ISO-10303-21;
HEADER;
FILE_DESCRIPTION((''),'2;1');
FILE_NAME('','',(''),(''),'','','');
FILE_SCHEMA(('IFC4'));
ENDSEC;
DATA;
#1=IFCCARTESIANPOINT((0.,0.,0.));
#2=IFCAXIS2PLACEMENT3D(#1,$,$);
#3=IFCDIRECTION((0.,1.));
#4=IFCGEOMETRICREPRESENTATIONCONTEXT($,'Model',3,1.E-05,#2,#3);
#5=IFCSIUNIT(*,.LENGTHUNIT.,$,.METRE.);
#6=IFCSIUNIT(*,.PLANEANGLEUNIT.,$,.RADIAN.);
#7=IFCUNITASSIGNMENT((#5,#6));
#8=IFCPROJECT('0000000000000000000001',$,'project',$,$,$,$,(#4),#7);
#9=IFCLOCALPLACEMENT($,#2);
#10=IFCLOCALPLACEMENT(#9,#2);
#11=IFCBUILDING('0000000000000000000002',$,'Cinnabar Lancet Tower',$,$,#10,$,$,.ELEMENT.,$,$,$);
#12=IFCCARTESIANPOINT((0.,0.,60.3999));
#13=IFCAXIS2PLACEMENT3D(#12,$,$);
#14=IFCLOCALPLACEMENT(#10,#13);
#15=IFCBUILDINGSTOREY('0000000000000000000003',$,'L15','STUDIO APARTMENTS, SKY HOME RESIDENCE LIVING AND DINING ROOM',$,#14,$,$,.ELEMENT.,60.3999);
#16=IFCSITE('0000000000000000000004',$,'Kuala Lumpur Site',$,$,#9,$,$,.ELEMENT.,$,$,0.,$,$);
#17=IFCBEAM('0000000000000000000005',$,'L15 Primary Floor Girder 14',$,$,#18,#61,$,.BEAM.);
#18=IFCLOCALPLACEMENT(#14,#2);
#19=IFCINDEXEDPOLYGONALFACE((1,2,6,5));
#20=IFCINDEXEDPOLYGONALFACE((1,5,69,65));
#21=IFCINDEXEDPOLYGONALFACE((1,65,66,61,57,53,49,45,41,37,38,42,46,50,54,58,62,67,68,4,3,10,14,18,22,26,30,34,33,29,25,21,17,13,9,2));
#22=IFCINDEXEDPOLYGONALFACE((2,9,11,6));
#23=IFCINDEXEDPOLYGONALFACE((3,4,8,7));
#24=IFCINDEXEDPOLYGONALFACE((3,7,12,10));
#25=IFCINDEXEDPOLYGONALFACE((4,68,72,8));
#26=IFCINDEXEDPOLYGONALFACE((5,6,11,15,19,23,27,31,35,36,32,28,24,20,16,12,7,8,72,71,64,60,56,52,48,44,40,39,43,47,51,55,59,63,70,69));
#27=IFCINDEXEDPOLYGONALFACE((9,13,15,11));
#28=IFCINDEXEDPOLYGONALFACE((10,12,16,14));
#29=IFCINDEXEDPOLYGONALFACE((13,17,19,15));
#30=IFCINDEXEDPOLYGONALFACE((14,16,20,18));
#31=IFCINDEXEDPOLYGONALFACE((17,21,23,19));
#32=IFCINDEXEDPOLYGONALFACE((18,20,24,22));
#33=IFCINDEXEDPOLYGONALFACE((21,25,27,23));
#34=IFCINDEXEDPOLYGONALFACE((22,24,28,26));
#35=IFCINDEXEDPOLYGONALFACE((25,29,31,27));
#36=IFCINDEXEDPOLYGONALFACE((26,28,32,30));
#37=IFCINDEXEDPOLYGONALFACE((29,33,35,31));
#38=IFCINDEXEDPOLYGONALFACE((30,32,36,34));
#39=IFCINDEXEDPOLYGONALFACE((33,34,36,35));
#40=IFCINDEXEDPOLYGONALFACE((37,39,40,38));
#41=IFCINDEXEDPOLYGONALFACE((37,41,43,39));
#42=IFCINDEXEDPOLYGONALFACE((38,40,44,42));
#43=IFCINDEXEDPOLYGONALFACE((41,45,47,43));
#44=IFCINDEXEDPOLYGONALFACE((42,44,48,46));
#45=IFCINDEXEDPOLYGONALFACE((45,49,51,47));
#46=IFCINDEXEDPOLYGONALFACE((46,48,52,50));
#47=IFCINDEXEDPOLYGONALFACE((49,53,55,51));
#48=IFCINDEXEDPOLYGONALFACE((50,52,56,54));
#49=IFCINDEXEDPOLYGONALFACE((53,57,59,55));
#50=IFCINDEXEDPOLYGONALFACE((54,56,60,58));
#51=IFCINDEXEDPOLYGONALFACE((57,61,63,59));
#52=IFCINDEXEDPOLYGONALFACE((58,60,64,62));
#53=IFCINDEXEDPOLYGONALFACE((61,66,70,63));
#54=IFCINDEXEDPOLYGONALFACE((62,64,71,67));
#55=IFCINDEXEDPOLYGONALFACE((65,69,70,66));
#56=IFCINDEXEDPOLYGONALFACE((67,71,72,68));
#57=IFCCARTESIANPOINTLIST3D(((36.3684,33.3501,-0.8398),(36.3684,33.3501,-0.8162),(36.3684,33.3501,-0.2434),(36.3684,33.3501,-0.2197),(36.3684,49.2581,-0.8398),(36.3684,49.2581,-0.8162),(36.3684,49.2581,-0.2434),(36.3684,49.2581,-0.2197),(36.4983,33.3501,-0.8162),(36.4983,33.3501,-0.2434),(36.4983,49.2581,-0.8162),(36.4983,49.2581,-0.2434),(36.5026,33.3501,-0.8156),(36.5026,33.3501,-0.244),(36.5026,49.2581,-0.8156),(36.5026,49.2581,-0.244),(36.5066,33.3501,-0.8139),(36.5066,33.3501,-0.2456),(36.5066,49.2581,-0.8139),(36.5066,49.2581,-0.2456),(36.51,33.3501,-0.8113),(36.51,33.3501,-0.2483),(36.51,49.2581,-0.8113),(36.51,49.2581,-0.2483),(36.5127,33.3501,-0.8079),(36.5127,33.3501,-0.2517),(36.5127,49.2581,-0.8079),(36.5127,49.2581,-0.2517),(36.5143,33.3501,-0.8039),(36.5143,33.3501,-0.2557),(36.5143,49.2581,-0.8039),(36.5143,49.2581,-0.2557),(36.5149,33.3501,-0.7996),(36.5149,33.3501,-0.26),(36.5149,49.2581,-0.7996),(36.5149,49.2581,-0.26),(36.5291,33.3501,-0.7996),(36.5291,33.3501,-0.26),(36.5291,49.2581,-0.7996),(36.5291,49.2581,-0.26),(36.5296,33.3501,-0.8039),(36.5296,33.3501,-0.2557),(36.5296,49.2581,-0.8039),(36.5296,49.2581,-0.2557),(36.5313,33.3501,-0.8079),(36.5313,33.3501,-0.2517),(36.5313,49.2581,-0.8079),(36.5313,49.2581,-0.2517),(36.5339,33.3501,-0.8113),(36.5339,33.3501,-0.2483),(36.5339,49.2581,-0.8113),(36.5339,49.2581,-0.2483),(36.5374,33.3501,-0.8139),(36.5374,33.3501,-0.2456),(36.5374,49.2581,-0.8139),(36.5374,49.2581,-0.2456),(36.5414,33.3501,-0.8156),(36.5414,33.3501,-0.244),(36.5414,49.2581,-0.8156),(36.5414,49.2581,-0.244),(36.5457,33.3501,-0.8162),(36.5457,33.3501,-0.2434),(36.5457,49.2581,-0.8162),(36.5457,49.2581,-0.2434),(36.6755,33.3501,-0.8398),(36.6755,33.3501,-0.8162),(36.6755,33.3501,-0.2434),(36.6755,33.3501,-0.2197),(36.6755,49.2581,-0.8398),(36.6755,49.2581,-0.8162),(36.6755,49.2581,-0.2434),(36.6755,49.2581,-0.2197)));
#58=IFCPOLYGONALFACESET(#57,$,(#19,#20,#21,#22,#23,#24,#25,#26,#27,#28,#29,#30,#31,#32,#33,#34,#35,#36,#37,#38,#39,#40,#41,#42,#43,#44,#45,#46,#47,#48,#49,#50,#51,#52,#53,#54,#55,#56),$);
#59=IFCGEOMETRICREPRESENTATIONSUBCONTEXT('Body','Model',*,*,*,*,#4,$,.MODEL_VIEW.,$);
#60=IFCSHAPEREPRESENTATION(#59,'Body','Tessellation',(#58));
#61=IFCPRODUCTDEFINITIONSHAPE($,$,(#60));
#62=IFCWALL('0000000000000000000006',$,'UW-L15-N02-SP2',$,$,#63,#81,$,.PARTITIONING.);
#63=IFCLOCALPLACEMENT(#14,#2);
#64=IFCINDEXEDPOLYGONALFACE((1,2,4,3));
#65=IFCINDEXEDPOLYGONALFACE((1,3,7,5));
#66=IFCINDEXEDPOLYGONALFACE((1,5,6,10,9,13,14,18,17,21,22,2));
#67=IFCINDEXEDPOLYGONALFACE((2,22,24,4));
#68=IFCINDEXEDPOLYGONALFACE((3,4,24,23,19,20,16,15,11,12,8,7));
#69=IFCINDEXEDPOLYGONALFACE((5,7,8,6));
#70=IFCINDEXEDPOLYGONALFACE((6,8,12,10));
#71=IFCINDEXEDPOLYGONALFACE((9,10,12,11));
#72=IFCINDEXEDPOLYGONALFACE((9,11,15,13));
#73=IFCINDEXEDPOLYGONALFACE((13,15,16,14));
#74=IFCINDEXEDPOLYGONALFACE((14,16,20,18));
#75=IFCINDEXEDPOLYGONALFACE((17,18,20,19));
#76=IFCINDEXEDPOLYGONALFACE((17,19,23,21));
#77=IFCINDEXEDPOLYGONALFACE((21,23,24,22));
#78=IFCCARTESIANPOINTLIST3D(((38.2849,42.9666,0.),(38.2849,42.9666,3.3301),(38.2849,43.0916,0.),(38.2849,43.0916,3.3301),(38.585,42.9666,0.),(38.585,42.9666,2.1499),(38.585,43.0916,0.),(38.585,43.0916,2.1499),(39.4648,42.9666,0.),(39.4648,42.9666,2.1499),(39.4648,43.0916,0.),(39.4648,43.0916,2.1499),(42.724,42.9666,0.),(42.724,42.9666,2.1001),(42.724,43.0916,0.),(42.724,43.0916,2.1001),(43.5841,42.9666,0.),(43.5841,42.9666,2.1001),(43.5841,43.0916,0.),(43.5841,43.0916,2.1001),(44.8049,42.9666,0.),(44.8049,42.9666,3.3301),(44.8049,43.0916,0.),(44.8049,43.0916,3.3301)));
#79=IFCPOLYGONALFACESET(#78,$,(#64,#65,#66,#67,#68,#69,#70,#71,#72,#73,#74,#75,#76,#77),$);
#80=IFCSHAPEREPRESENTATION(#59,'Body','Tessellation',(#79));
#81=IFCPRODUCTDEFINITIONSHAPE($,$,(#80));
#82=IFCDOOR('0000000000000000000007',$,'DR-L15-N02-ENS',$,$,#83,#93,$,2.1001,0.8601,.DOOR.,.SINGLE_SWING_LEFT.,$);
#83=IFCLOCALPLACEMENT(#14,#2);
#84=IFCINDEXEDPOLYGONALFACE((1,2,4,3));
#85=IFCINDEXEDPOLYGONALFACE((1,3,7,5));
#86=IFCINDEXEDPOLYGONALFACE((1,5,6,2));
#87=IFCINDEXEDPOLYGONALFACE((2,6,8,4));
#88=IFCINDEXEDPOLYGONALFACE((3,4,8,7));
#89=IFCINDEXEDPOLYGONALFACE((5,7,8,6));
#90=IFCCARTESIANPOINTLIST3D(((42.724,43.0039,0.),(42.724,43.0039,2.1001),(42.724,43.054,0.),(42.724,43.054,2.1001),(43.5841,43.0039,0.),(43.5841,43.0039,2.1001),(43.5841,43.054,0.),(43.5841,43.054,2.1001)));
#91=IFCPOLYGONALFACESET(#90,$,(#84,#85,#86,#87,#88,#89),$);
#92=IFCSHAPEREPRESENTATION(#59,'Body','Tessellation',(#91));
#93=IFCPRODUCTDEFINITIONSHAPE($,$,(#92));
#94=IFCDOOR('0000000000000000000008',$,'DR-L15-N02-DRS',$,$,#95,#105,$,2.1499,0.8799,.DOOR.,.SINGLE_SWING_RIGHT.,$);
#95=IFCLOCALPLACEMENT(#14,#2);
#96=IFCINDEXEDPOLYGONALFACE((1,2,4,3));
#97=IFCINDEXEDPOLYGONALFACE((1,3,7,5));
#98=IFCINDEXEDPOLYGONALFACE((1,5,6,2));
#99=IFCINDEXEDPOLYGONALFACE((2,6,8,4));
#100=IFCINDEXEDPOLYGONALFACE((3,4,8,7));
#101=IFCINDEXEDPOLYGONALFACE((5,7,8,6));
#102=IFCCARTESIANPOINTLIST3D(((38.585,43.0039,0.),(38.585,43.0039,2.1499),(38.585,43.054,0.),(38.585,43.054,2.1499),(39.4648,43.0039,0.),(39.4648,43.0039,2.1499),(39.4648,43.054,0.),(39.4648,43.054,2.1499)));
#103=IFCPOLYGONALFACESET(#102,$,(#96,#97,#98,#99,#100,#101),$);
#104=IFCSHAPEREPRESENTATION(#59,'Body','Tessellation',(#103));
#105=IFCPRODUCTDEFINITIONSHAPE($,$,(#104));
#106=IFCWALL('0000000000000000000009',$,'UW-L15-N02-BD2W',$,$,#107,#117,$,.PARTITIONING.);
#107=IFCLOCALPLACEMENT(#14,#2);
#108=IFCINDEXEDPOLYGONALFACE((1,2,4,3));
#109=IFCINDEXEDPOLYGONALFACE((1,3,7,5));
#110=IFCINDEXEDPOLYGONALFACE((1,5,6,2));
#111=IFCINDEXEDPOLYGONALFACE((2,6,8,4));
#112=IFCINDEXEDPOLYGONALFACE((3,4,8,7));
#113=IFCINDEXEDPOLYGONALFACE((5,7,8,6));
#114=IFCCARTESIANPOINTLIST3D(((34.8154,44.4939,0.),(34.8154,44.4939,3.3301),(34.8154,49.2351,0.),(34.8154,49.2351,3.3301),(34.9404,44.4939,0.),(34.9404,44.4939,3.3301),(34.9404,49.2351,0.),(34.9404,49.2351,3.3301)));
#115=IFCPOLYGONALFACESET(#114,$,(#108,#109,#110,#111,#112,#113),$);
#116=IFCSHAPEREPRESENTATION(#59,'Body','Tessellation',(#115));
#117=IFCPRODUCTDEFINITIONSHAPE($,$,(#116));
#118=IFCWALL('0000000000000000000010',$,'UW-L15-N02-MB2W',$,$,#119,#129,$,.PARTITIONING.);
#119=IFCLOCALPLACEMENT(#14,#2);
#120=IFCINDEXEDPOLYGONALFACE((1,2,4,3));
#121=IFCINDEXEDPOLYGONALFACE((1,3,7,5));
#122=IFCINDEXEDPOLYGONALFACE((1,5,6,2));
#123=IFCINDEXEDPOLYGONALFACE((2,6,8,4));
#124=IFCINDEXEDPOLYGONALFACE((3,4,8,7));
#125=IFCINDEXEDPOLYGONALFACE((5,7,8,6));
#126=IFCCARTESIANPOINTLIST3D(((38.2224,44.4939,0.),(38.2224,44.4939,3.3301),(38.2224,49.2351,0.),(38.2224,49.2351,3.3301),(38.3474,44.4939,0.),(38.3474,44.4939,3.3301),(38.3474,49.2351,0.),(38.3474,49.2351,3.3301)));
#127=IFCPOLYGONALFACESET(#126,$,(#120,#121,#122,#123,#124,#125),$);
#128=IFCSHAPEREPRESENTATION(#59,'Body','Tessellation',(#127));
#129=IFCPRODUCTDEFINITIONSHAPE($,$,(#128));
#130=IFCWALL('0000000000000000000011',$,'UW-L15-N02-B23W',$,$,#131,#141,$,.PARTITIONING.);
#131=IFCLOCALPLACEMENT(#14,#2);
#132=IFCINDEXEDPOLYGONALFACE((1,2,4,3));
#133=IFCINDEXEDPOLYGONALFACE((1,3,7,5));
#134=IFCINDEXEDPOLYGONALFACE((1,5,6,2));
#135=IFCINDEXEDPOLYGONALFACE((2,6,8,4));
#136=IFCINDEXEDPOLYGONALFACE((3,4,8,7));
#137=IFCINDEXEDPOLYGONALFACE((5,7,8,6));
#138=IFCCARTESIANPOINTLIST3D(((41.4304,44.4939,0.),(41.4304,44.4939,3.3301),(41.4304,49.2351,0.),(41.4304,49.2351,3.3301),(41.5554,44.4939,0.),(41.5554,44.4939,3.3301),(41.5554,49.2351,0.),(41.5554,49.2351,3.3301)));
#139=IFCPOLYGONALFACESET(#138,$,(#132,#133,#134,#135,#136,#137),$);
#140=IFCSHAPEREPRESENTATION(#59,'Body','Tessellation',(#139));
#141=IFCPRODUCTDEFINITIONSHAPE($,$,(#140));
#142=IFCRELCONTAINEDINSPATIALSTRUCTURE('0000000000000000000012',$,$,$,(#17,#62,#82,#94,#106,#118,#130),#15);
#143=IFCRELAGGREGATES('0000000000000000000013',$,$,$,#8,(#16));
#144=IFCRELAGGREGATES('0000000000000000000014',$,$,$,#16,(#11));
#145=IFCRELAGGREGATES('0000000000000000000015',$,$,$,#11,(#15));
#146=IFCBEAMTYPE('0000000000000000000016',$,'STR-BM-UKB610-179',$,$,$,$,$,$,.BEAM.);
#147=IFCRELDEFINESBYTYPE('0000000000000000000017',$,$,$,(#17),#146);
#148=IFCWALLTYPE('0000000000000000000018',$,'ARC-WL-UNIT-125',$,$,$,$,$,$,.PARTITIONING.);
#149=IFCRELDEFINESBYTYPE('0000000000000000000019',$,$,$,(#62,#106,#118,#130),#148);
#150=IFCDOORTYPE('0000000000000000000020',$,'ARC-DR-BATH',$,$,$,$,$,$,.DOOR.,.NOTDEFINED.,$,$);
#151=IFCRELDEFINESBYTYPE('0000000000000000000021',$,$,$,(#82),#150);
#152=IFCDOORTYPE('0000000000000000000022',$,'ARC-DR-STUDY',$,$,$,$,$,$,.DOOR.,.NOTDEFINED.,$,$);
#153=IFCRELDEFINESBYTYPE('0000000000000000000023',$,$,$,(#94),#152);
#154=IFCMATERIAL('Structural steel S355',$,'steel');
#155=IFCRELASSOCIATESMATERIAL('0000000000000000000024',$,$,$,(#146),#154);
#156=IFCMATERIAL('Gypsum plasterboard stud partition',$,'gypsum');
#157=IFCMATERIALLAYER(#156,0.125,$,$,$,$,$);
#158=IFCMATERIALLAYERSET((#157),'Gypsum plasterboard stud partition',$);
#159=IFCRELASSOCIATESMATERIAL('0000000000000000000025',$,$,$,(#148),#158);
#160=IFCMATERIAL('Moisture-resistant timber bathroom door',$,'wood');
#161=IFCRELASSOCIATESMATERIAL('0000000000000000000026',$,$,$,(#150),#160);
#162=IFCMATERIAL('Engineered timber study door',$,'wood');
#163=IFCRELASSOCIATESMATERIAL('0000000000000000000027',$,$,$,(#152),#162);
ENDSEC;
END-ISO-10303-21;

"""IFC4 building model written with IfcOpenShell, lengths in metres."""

from ifc_helpers import new_model, si_unit, direction, frame, frame_2d, origin, origin_2d, place, context, subcontext, project, spatial, rectangle, i_section, extrude, material, layer, layer_set, material_profile, profile_set, type_object, element, fill, save


model = new_model("IFC4")

# Units and contexts
model_context = context("Model", 3, precision=1e-05, world=origin(), true_north=direction((0.0, 1.0)))
body_context = subcontext(model_context, "Body", "Model", "MODEL_VIEW")
ifc_project = project(units=[si_unit("LENGTHUNIT", "METRE"), si_unit("PLANEANGLEUNIT", "RADIAN")], contexts=[model_context])

# Site, building, storey
site_placement = place(None, origin())
site = spatial("IfcSite", under=ifc_project, at=site_placement, Name="Kuala Lumpur Site", CompositionType="ELEMENT", RefElevation=0.0)
building_placement = place(site_placement, origin())
building = spatial("IfcBuilding", under=site, at=building_placement, Name="Cinnabar Lancet Tower", CompositionType="ELEMENT")
storey_placement = place(building_placement, frame((0.0, 0.0, 60.3999)))
storey = spatial("IfcBuildingStorey", under=building, at=storey_placement, Name="L15", Description="STUDIO APARTMENTS, SKY HOME RESIDENCE LIVING AND DINING ROOM", CompositionType="ELEMENT", Elevation=60.3999)

# Beam
ifc_material_1 = material(Name="Structural steel S355", Category="steel")
ifc_material_profile_1 = material_profile(ifc_material_1, i_section(OverallWidth=0.3071, OverallDepth=0.6201, WebThickness=0.0142, FlangeThickness=0.0237, FilletRadius=0.0166, at=origin_2d()), Name="UKB 610x305x179")
ifc_profile_set_1 = profile_set([ifc_material_profile_1], Name="Structural steel S355")
beam_type_1 = type_object("IfcBeamType", Name="STR-BM-UKB610-179", PredefinedType="BEAM", material=ifc_profile_set_1)
beam_1_placement = place(storey_placement, frame((36.522, 49.2581, -0.5298), z_axis=(0.0, -1.0, 0.0), x_axis=(1.0, 0.0, 0.0)))
element("IfcBeam", 1, at=beam_1_placement, inside=storey, type_object=beam_type_1, Name="L15 Primary Floor Girder 14", PredefinedType="BEAM", context=body_context, shape_type="SweptSolid", body=[
    extrude(i_section(OverallWidth=0.3071, OverallDepth=0.6201, WebThickness=0.0142, FlangeThickness=0.0237, FilletRadius=0.0166, at=origin_2d()), origin(), (0.0, 0.0, 1.0), 15.908),
])

# Wall, openings, doors
ifc_material_2 = material(Name="Gypsum plasterboard stud partition", Category="gypsum")
ifc_layer_1 = layer(ifc_material_2, 0.125)
ifc_layer_set_1 = layer_set([ifc_layer_1], Name="Gypsum plasterboard stud partition")
wall_type_1 = type_object("IfcWallType", Name="ARC-WL-UNIT-125", PredefinedType="PARTITIONING", material=ifc_layer_set_1)
wall_1_placement = place(storey_placement, frame((38.2849, 43.0291, 0.0), z_axis=(0.0, 0.0, 1.0), x_axis=(1.0, 0.0, 0.0)))
wall_1 = element("IfcWall", 2, at=wall_1_placement, inside=storey, type_object=wall_type_1, Name="UW-L15-N02-SP2", PredefinedType="PARTITIONING", context=body_context, shape_type="SweptSolid", body=[
    extrude(rectangle(XDim=6.52, YDim=0.125, at=frame_2d((3.26, 0.0))), origin(), (0.0, 0.0, 1.0), 3.3301),
])
opening_1_placement = place(wall_1_placement, frame((4.439, 0.0, 0.0)))
opening_1 = element("IfcOpeningElement", 3, at=opening_1_placement, cuts=wall_1, PredefinedType="OPENING", context=body_context, shape_type="SweptSolid", body=[
    extrude(rectangle(XDim=0.8601, YDim=2.1001, at=frame_2d((0.4302, 1.05))), frame((0.0, 0.0725, 0.0), z_axis=(0.0, -1.0, 0.0), x_axis=(1.0, 0.0, 0.0)), (0.0, 0.0, 1.0), 0.145),
])
opening_2_placement = place(wall_1_placement, frame((0.3, 0.0, 0.0)))
opening_2 = element("IfcOpeningElement", 4, at=opening_2_placement, cuts=wall_1, PredefinedType="OPENING", context=body_context, shape_type="SweptSolid", body=[
    extrude(rectangle(XDim=0.8799, YDim=2.1499, at=frame_2d((0.4399, 1.075))), frame((0.0, 0.0725, 0.0), z_axis=(0.0, -1.0, 0.0), x_axis=(1.0, 0.0, 0.0)), (0.0, 0.0, 1.0), 0.145),
])
ifc_material_3 = material(Name="Moisture-resistant timber bathroom door", Category="wood")
door_type_1 = type_object("IfcDoorType", Name="ARC-DR-BATH", OperationType="NOTDEFINED", PredefinedType="DOOR", material=ifc_material_3)
door_1_placement = place(opening_1_placement, origin())
door_1 = element("IfcDoor", 5, at=door_1_placement, inside=storey, type_object=door_type_1, Name="DR-L15-N02-ENS", OperationType="SINGLE_SWING_LEFT", OverallHeight=2.1001, OverallWidth=0.8601, PredefinedType="DOOR", context=body_context, shape_type="SweptSolid", body=[
    extrude(rectangle(XDim=0.8601, YDim=2.1001, at=frame_2d((0.4302, 1.05))), frame((0.0, 0.0249, 0.0), z_axis=(0.0, -1.0, 0.0), x_axis=(1.0, 0.0, 0.0)), (0.0, 0.0, 1.0), 0.05),
])
fill(opening_1, door_1)
ifc_material_4 = material(Name="Engineered timber study door", Category="wood")
door_type_2 = type_object("IfcDoorType", Name="ARC-DR-STUDY", OperationType="NOTDEFINED", PredefinedType="DOOR", material=ifc_material_4)
door_2_placement = place(opening_2_placement, origin())
door_2 = element("IfcDoor", 6, at=door_2_placement, inside=storey, type_object=door_type_2, Name="DR-L15-N02-DRS", OperationType="SINGLE_SWING_RIGHT", OverallHeight=2.1499, OverallWidth=0.8799, PredefinedType="DOOR", context=body_context, shape_type="SweptSolid", body=[
    extrude(rectangle(XDim=0.8799, YDim=2.1499, at=frame_2d((0.4399, 1.075))), frame((0.0, 0.0249, 0.0), z_axis=(0.0, -1.0, 0.0), x_axis=(1.0, 0.0, 0.0)), (0.0, 0.0, 1.0), 0.05),
])
fill(opening_2, door_2)

# Wall
wall_2_placement = place(storey_placement, frame((34.8779, 44.4939, 0.0), z_axis=(0.0, 0.0, 1.0), x_axis=(0.0, 1.0, 0.0)))
element("IfcWall", 7, at=wall_2_placement, inside=storey, type_object=wall_type_1, Name="UW-L15-N02-BD2W", PredefinedType="PARTITIONING", context=body_context, shape_type="SweptSolid", body=[
    extrude(rectangle(XDim=4.7412, YDim=0.125, at=frame_2d((2.3706, 0.0))), origin(), (0.0, 0.0, 1.0), 3.3301),
])

# Walls
for number, where, z_axis, x_axis, name in (
    (8, (38.2849, 44.4939, 0.0), (0.0, 0.0, 1.0), (0.0, 1.0, 0.0), "UW-L15-N02-MB2W"),
    (9, (41.4929, 44.4939, 0.0), (0.0, 0.0, 1.0), (0.0, 1.0, 0.0), "UW-L15-N02-B23W"),
):
    element("IfcWall", number, at=place(storey_placement, frame(where, z_axis=z_axis, x_axis=x_axis)), inside=storey, type_object=wall_type_1, Name=name, PredefinedType="PARTITIONING", context=body_context, shape_type="SweptSolid", body=[
        extrude(rectangle(XDim=4.7412, YDim=0.125, at=frame_2d((2.3706, 0.0))), origin(), (0.0, 0.0, 1.0), 3.3301),
    ])

save(model, "model.ifc")
